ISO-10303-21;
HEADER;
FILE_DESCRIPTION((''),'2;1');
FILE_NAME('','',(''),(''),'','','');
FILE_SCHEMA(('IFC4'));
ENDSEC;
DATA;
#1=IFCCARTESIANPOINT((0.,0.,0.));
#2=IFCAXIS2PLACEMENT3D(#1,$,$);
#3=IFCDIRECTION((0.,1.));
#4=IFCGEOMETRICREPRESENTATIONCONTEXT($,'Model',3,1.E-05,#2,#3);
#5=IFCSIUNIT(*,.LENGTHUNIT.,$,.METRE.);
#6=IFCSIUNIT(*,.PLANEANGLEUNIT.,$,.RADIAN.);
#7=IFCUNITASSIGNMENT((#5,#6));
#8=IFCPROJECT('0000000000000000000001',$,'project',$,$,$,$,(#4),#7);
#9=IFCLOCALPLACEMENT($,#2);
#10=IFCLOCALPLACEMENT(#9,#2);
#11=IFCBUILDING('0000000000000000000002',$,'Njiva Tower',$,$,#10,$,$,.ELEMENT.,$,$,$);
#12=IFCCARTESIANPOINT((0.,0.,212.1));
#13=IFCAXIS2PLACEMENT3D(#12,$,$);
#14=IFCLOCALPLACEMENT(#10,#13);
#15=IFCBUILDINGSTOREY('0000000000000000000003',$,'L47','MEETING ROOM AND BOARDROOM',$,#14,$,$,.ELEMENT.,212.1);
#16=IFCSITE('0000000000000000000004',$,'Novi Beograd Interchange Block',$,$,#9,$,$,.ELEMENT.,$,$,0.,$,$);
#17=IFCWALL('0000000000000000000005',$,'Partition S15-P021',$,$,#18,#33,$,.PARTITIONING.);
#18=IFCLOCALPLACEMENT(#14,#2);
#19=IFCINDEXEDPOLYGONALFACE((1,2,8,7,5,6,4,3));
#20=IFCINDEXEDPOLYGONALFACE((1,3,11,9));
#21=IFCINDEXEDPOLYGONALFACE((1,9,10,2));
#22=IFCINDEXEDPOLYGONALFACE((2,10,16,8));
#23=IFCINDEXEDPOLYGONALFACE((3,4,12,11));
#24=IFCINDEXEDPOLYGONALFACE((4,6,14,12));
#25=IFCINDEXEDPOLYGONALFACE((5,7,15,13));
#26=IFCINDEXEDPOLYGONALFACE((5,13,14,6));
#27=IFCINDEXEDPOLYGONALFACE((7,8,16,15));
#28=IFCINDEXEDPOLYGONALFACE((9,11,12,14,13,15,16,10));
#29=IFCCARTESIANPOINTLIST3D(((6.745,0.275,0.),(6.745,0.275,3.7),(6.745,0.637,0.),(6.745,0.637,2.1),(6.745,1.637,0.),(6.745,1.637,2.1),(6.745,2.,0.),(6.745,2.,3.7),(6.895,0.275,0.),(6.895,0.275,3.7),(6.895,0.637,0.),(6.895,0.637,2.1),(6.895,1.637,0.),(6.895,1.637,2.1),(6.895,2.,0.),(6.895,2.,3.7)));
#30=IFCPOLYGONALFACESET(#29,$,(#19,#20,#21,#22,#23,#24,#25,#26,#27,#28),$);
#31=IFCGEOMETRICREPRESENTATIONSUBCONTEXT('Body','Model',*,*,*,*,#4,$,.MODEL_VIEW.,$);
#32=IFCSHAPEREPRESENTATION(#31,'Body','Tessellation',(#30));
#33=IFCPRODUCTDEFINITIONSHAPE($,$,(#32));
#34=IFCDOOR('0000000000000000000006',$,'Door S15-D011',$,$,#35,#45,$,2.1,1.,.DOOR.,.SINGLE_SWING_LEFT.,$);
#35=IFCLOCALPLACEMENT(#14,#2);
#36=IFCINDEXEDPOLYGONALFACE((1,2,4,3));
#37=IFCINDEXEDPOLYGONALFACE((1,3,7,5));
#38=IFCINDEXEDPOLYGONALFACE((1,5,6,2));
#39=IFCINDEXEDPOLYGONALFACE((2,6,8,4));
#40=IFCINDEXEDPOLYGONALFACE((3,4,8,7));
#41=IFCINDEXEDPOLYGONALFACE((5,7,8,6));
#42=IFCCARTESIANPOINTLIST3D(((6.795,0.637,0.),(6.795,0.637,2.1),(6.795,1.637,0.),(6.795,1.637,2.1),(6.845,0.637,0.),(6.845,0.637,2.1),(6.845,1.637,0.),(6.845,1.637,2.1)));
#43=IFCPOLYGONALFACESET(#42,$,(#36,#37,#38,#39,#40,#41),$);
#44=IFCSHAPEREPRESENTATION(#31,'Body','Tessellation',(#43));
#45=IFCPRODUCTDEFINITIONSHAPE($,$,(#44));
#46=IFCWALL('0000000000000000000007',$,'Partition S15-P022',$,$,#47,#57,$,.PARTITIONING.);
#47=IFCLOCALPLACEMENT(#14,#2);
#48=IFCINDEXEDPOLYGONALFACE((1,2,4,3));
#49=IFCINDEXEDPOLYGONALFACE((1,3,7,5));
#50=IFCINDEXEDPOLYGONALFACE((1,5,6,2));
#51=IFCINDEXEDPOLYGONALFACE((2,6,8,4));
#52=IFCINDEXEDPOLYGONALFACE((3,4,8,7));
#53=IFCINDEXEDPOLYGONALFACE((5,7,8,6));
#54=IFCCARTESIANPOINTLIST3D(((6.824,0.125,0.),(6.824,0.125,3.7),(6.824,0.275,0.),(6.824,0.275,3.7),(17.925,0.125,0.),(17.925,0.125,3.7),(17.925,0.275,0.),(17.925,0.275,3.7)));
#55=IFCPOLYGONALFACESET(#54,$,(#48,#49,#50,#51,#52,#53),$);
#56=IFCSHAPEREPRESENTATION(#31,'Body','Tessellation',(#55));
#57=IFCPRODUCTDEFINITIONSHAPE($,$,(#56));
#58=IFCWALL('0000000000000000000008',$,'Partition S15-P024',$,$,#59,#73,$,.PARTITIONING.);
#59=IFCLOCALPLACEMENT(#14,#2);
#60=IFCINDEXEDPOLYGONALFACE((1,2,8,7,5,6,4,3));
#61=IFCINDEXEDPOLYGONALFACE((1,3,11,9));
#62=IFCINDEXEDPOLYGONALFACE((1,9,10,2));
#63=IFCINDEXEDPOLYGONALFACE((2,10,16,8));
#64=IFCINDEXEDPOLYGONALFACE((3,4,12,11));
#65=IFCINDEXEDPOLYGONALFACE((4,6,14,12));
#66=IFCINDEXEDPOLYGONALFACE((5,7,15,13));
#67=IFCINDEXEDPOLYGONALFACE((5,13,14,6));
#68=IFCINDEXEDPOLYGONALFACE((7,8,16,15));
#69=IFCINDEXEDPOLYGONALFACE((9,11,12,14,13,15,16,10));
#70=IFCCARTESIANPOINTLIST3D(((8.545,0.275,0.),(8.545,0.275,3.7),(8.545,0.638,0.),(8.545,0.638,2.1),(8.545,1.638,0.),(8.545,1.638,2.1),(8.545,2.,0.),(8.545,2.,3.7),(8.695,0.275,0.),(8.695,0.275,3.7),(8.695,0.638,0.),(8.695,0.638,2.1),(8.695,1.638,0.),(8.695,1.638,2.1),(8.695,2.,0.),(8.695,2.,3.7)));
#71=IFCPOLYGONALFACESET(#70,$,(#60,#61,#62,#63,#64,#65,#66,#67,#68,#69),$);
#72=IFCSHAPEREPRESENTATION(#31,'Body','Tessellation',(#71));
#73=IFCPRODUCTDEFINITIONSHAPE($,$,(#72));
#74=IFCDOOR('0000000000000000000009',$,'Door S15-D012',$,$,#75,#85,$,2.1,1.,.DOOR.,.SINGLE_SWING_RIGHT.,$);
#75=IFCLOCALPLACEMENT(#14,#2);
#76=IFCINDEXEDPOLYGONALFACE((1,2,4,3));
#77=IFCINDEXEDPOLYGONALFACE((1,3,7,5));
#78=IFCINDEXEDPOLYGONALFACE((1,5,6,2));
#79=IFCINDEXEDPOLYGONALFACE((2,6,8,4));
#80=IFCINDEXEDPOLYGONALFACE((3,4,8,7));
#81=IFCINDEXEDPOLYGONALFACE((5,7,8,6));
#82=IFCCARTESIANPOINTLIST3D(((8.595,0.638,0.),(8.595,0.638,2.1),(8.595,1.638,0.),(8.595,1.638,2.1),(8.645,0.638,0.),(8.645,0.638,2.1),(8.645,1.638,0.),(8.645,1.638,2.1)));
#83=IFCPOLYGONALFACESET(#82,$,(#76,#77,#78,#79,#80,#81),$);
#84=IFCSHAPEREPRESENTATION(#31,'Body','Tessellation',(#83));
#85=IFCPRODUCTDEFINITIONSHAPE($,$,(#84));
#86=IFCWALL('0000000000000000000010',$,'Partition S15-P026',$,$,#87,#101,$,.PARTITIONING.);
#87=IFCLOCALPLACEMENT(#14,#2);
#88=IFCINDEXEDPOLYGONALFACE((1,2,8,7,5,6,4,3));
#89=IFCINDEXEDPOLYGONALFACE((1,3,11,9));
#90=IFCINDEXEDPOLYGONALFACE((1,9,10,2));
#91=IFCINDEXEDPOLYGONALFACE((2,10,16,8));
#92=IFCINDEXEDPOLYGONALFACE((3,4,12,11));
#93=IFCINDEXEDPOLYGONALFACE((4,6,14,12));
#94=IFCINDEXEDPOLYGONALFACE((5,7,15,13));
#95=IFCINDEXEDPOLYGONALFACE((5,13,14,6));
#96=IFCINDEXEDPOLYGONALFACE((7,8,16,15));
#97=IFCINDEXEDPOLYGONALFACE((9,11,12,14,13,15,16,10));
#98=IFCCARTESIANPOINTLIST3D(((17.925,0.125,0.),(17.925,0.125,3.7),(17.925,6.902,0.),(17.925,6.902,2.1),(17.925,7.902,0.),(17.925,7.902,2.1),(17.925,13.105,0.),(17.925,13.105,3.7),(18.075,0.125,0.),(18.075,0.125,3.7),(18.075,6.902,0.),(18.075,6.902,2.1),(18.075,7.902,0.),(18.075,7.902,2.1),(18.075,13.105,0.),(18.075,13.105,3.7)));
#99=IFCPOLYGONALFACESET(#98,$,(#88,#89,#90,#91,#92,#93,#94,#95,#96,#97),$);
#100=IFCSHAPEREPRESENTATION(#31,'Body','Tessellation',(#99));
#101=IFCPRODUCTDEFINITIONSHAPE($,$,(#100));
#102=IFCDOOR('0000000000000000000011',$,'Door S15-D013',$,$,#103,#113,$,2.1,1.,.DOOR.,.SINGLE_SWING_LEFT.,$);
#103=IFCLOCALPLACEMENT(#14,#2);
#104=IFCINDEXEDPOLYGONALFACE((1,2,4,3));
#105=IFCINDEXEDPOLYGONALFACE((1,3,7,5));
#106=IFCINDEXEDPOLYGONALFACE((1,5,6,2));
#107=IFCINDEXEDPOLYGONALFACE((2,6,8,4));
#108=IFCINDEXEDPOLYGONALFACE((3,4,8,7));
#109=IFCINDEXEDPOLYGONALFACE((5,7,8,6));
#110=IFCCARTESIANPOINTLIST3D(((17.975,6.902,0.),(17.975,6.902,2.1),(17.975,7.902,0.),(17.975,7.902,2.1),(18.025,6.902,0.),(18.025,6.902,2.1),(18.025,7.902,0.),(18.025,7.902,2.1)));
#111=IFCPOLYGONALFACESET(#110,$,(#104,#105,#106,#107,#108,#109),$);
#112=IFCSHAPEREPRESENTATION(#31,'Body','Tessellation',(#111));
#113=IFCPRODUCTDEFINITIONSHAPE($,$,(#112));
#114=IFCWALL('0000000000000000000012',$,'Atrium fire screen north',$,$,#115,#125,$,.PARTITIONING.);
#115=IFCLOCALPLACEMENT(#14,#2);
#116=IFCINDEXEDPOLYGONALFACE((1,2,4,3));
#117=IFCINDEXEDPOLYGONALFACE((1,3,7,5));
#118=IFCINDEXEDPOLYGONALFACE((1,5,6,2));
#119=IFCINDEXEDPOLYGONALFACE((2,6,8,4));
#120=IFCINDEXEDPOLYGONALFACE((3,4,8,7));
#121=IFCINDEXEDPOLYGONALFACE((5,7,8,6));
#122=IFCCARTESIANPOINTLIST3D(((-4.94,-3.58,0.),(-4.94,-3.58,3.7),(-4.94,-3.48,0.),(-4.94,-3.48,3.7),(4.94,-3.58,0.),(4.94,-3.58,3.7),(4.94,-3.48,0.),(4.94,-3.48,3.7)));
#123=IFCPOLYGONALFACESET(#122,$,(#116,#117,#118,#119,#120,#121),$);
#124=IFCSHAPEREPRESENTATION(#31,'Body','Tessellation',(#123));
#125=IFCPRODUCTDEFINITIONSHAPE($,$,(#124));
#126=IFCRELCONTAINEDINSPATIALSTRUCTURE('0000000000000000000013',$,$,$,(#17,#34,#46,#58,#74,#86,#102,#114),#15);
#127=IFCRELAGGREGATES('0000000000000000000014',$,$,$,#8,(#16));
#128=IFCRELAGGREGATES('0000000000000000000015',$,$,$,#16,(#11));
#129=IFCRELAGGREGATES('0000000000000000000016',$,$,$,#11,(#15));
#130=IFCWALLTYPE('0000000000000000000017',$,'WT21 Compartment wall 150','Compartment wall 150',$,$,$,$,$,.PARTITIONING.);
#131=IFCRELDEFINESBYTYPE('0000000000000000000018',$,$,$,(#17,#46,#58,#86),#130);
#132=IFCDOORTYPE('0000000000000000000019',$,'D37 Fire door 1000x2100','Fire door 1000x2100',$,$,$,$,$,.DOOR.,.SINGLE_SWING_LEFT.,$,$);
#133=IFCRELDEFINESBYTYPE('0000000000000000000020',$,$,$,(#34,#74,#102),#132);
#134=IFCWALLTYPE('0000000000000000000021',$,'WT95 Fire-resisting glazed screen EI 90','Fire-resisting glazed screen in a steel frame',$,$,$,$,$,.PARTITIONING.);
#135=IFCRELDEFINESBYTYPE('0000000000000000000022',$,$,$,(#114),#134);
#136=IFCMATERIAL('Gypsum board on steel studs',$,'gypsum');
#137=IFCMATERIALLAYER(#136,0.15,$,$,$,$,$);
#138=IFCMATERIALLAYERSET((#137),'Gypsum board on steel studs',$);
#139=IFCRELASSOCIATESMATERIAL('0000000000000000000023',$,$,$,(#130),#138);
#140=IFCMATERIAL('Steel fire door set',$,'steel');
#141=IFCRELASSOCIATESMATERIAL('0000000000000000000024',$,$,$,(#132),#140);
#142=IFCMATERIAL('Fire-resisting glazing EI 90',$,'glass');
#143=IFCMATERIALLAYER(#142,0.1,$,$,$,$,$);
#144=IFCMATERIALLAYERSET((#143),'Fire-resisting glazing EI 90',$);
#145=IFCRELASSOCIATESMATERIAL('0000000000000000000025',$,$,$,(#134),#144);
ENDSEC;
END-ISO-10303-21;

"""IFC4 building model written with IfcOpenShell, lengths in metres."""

from ifc_helpers import new_model, si_unit, direction, frame, frame_2d, origin, place, context, subcontext, project, spatial, rectangle, extrude, material, layer, layer_set, type_object, element, fill, save


model = new_model("IFC4")

# Units and contexts
model_context = context("Model", 3, precision=1e-05, world=origin(), true_north=direction((0.0, 1.0)))
body_context = subcontext(model_context, "Body", "Model", "MODEL_VIEW")
ifc_project = project(units=[si_unit("LENGTHUNIT", "METRE"), si_unit("PLANEANGLEUNIT", "RADIAN")], contexts=[model_context])

# Site, building, storey
site_placement = place(None, origin())
site = spatial("IfcSite", under=ifc_project, at=site_placement, Name="Novi Beograd Interchange Block", CompositionType="ELEMENT", RefElevation=0.0)
building_placement = place(site_placement, origin())
building = spatial("IfcBuilding", under=site, at=building_placement, Name="Njiva Tower", CompositionType="ELEMENT")
storey_placement = place(building_placement, frame((0.0, 0.0, 212.1)))
storey = spatial("IfcBuildingStorey", under=building, at=storey_placement, Name="L47", Description="MEETING ROOM AND BOARDROOM", CompositionType="ELEMENT", Elevation=212.1)

# Shared definitions
ifc_material_1 = material(Name="Gypsum board on steel studs", Category="gypsum")
ifc_layer_1 = layer(ifc_material_1, 0.15)
ifc_layer_set_1 = layer_set([ifc_layer_1], Name="Gypsum board on steel studs")
wall_type_1 = type_object("IfcWallType", Name="WT21 Compartment wall 150", Description="Compartment wall 150", PredefinedType="PARTITIONING", material=ifc_layer_set_1)

# Shared definitions
ifc_material_2 = material(Name="Steel fire door set", Category="steel")
door_type = type_object("IfcDoorType", Name="D37 Fire door 1000x2100", Description="Fire door 1000x2100", OperationType="SINGLE_SWING_LEFT", PredefinedType="DOOR", material=ifc_material_2)

# Wall, opening, door
wall_1_placement = place(storey_placement, frame((6.82, 0.275, 0.0), z_axis=(0.0, 0.0, 1.0), x_axis=(0.0, 1.0, 0.0)))
wall_1 = element("IfcWall", 1, at=wall_1_placement, inside=storey, type_object=wall_type_1, Name="Partition S15-P021", PredefinedType="PARTITIONING", context=body_context, shape_type="SweptSolid", body=[
    extrude(rectangle(XDim=1.725, YDim=0.15, at=frame_2d((0.8625, 0.0))), origin(), (0.0, 0.0, 1.0), 3.7),
])
opening_1_placement = place(wall_1_placement, frame((0.362, 0.0, 0.0)))
opening_1 = element("IfcOpeningElement", 2, at=opening_1_placement, cuts=wall_1, PredefinedType="OPENING", context=body_context, shape_type="SweptSolid", body=[
    extrude(rectangle(XDim=1.0, YDim=2.1, at=frame_2d((0.5, 1.05))), frame((0.0, 0.085, 0.0), z_axis=(0.0, -1.0, 0.0), x_axis=(1.0, 0.0, 0.0)), (0.0, 0.0, 1.0), 0.17),
])
door_1_placement = place(opening_1_placement, origin())
door_1 = element("IfcDoor", 3, at=door_1_placement, inside=storey, type_object=door_type, Name="Door S15-D011", OperationType="SINGLE_SWING_LEFT", OverallHeight=2.1, OverallWidth=1.0, PredefinedType="DOOR", context=body_context, shape_type="SweptSolid", body=[
    extrude(rectangle(XDim=1.0, YDim=2.1, at=frame_2d((0.5, 1.05))), frame((0.0, 0.025, 0.0), z_axis=(0.0, -1.0, 0.0), x_axis=(1.0, 0.0, 0.0)), (0.0, 0.0, 1.0), 0.05),
])
fill(opening_1, door_1)

# Wall
wall_2_placement = place(storey_placement, frame((6.824, 0.2, 0.0), z_axis=(0.0, 0.0, 1.0), x_axis=(1.0, 0.0, 0.0)))
element("IfcWall", 4, at=wall_2_placement, inside=storey, type_object=wall_type_1, Name="Partition S15-P022", PredefinedType="PARTITIONING", context=body_context, shape_type="SweptSolid", body=[
    extrude(rectangle(XDim=11.101, YDim=0.15, at=frame_2d((5.5505, 0.0))), origin(), (0.0, 0.0, 1.0), 3.7),
])

# Walls, openings, doors
wall_3_placement = place(storey_placement, frame((8.62, 0.275, 0.0), z_axis=(0.0, 0.0, 1.0), x_axis=(0.0, 1.0, 0.0)))
wall_3 = element("IfcWall", 5, at=wall_3_placement, inside=storey, type_object=wall_type_1, Name="Partition S15-P024", PredefinedType="PARTITIONING", context=body_context, shape_type="SweptSolid", body=[
    extrude(rectangle(XDim=1.725, YDim=0.15, at=frame_2d((0.8625, 0.0))), origin(), (0.0, 0.0, 1.0), 3.7),
])
opening_2_placement = place(wall_3_placement, frame((0.363, 0.0, 0.0)))
opening_2 = element("IfcOpeningElement", 6, at=opening_2_placement, cuts=wall_3, PredefinedType="OPENING", context=body_context, shape_type="SweptSolid", body=[
    extrude(rectangle(XDim=1.0, YDim=2.1, at=frame_2d((0.5, 1.05))), frame((0.0, 0.085, 0.0), z_axis=(0.0, -1.0, 0.0), x_axis=(1.0, 0.0, 0.0)), (0.0, 0.0, 1.0), 0.17),
])
door_2_placement = place(opening_2_placement, origin())
door_2 = element("IfcDoor", 7, at=door_2_placement, inside=storey, type_object=door_type, Name="Door S15-D012", OperationType="SINGLE_SWING_RIGHT", OverallHeight=2.1, OverallWidth=1.0, PredefinedType="DOOR", context=body_context, shape_type="SweptSolid", body=[
    extrude(rectangle(XDim=1.0, YDim=2.1, at=frame_2d((0.5, 1.05))), frame((0.0, 0.025, 0.0), z_axis=(0.0, -1.0, 0.0), x_axis=(1.0, 0.0, 0.0)), (0.0, 0.0, 1.0), 0.05),
])
fill(opening_2, door_2)
wall_4_placement = place(storey_placement, frame((18.0, 0.125, 0.0), z_axis=(0.0, 0.0, 1.0), x_axis=(0.0, 1.0, 0.0)))
wall_4 = element("IfcWall", 8, at=wall_4_placement, inside=storey, type_object=wall_type_1, Name="Partition S15-P026", PredefinedType="PARTITIONING", context=body_context, shape_type="SweptSolid", body=[
    extrude(rectangle(XDim=12.98, YDim=0.15, at=frame_2d((6.49, 0.0))), origin(), (0.0, 0.0, 1.0), 3.7),
])
opening_3_placement = place(wall_4_placement, frame((6.777, 0.0, 0.0)))
opening_3 = element("IfcOpeningElement", 9, at=opening_3_placement, cuts=wall_4, PredefinedType="OPENING", context=body_context, shape_type="SweptSolid", body=[
    extrude(rectangle(XDim=1.0, YDim=2.1, at=frame_2d((0.5, 1.05))), frame((0.0, 0.085, 0.0), z_axis=(0.0, -1.0, 0.0), x_axis=(1.0, 0.0, 0.0)), (0.0, 0.0, 1.0), 0.17),
])
door_3_placement = place(opening_3_placement, origin())
door_3 = element("IfcDoor", 10, at=door_3_placement, inside=storey, type_object=door_type, Name="Door S15-D013", OperationType="SINGLE_SWING_LEFT", OverallHeight=2.1, OverallWidth=1.0, PredefinedType="DOOR", context=body_context, shape_type="SweptSolid", body=[
    extrude(rectangle(XDim=1.0, YDim=2.1, at=frame_2d((0.5, 1.05))), frame((0.0, 0.025, 0.0), z_axis=(0.0, -1.0, 0.0), x_axis=(1.0, 0.0, 0.0)), (0.0, 0.0, 1.0), 0.05),
])
fill(opening_3, door_3)

# Wall
ifc_material_3 = material(Name="Fire-resisting glazing EI 90", Category="glass")
ifc_layer_2 = layer(ifc_material_3, 0.1)
ifc_layer_set_2 = layer_set([ifc_layer_2], Name="Fire-resisting glazing EI 90")
wall_type_2 = type_object("IfcWallType", Name="WT95 Fire-resisting glazed screen EI 90", Description="Fire-resisting glazed screen in a steel frame", PredefinedType="PARTITIONING", material=ifc_layer_set_2)
wall_5_placement = place(storey_placement, frame((4.94, -3.53, 0.0), z_axis=(0.0, 0.0, 1.0), x_axis=(-1.0, 0.0, 0.0)))
element("IfcWall", 11, at=wall_5_placement, inside=storey, type_object=wall_type_2, Name="Atrium fire screen north", PredefinedType="PARTITIONING", context=body_context, shape_type="SweptSolid", body=[
    extrude(rectangle(XDim=9.88, YDim=0.1, at=frame_2d((4.94, 0.0))), origin(), (0.0, 0.0, 1.0), 3.7),
])

save(model, "model.ifc")
